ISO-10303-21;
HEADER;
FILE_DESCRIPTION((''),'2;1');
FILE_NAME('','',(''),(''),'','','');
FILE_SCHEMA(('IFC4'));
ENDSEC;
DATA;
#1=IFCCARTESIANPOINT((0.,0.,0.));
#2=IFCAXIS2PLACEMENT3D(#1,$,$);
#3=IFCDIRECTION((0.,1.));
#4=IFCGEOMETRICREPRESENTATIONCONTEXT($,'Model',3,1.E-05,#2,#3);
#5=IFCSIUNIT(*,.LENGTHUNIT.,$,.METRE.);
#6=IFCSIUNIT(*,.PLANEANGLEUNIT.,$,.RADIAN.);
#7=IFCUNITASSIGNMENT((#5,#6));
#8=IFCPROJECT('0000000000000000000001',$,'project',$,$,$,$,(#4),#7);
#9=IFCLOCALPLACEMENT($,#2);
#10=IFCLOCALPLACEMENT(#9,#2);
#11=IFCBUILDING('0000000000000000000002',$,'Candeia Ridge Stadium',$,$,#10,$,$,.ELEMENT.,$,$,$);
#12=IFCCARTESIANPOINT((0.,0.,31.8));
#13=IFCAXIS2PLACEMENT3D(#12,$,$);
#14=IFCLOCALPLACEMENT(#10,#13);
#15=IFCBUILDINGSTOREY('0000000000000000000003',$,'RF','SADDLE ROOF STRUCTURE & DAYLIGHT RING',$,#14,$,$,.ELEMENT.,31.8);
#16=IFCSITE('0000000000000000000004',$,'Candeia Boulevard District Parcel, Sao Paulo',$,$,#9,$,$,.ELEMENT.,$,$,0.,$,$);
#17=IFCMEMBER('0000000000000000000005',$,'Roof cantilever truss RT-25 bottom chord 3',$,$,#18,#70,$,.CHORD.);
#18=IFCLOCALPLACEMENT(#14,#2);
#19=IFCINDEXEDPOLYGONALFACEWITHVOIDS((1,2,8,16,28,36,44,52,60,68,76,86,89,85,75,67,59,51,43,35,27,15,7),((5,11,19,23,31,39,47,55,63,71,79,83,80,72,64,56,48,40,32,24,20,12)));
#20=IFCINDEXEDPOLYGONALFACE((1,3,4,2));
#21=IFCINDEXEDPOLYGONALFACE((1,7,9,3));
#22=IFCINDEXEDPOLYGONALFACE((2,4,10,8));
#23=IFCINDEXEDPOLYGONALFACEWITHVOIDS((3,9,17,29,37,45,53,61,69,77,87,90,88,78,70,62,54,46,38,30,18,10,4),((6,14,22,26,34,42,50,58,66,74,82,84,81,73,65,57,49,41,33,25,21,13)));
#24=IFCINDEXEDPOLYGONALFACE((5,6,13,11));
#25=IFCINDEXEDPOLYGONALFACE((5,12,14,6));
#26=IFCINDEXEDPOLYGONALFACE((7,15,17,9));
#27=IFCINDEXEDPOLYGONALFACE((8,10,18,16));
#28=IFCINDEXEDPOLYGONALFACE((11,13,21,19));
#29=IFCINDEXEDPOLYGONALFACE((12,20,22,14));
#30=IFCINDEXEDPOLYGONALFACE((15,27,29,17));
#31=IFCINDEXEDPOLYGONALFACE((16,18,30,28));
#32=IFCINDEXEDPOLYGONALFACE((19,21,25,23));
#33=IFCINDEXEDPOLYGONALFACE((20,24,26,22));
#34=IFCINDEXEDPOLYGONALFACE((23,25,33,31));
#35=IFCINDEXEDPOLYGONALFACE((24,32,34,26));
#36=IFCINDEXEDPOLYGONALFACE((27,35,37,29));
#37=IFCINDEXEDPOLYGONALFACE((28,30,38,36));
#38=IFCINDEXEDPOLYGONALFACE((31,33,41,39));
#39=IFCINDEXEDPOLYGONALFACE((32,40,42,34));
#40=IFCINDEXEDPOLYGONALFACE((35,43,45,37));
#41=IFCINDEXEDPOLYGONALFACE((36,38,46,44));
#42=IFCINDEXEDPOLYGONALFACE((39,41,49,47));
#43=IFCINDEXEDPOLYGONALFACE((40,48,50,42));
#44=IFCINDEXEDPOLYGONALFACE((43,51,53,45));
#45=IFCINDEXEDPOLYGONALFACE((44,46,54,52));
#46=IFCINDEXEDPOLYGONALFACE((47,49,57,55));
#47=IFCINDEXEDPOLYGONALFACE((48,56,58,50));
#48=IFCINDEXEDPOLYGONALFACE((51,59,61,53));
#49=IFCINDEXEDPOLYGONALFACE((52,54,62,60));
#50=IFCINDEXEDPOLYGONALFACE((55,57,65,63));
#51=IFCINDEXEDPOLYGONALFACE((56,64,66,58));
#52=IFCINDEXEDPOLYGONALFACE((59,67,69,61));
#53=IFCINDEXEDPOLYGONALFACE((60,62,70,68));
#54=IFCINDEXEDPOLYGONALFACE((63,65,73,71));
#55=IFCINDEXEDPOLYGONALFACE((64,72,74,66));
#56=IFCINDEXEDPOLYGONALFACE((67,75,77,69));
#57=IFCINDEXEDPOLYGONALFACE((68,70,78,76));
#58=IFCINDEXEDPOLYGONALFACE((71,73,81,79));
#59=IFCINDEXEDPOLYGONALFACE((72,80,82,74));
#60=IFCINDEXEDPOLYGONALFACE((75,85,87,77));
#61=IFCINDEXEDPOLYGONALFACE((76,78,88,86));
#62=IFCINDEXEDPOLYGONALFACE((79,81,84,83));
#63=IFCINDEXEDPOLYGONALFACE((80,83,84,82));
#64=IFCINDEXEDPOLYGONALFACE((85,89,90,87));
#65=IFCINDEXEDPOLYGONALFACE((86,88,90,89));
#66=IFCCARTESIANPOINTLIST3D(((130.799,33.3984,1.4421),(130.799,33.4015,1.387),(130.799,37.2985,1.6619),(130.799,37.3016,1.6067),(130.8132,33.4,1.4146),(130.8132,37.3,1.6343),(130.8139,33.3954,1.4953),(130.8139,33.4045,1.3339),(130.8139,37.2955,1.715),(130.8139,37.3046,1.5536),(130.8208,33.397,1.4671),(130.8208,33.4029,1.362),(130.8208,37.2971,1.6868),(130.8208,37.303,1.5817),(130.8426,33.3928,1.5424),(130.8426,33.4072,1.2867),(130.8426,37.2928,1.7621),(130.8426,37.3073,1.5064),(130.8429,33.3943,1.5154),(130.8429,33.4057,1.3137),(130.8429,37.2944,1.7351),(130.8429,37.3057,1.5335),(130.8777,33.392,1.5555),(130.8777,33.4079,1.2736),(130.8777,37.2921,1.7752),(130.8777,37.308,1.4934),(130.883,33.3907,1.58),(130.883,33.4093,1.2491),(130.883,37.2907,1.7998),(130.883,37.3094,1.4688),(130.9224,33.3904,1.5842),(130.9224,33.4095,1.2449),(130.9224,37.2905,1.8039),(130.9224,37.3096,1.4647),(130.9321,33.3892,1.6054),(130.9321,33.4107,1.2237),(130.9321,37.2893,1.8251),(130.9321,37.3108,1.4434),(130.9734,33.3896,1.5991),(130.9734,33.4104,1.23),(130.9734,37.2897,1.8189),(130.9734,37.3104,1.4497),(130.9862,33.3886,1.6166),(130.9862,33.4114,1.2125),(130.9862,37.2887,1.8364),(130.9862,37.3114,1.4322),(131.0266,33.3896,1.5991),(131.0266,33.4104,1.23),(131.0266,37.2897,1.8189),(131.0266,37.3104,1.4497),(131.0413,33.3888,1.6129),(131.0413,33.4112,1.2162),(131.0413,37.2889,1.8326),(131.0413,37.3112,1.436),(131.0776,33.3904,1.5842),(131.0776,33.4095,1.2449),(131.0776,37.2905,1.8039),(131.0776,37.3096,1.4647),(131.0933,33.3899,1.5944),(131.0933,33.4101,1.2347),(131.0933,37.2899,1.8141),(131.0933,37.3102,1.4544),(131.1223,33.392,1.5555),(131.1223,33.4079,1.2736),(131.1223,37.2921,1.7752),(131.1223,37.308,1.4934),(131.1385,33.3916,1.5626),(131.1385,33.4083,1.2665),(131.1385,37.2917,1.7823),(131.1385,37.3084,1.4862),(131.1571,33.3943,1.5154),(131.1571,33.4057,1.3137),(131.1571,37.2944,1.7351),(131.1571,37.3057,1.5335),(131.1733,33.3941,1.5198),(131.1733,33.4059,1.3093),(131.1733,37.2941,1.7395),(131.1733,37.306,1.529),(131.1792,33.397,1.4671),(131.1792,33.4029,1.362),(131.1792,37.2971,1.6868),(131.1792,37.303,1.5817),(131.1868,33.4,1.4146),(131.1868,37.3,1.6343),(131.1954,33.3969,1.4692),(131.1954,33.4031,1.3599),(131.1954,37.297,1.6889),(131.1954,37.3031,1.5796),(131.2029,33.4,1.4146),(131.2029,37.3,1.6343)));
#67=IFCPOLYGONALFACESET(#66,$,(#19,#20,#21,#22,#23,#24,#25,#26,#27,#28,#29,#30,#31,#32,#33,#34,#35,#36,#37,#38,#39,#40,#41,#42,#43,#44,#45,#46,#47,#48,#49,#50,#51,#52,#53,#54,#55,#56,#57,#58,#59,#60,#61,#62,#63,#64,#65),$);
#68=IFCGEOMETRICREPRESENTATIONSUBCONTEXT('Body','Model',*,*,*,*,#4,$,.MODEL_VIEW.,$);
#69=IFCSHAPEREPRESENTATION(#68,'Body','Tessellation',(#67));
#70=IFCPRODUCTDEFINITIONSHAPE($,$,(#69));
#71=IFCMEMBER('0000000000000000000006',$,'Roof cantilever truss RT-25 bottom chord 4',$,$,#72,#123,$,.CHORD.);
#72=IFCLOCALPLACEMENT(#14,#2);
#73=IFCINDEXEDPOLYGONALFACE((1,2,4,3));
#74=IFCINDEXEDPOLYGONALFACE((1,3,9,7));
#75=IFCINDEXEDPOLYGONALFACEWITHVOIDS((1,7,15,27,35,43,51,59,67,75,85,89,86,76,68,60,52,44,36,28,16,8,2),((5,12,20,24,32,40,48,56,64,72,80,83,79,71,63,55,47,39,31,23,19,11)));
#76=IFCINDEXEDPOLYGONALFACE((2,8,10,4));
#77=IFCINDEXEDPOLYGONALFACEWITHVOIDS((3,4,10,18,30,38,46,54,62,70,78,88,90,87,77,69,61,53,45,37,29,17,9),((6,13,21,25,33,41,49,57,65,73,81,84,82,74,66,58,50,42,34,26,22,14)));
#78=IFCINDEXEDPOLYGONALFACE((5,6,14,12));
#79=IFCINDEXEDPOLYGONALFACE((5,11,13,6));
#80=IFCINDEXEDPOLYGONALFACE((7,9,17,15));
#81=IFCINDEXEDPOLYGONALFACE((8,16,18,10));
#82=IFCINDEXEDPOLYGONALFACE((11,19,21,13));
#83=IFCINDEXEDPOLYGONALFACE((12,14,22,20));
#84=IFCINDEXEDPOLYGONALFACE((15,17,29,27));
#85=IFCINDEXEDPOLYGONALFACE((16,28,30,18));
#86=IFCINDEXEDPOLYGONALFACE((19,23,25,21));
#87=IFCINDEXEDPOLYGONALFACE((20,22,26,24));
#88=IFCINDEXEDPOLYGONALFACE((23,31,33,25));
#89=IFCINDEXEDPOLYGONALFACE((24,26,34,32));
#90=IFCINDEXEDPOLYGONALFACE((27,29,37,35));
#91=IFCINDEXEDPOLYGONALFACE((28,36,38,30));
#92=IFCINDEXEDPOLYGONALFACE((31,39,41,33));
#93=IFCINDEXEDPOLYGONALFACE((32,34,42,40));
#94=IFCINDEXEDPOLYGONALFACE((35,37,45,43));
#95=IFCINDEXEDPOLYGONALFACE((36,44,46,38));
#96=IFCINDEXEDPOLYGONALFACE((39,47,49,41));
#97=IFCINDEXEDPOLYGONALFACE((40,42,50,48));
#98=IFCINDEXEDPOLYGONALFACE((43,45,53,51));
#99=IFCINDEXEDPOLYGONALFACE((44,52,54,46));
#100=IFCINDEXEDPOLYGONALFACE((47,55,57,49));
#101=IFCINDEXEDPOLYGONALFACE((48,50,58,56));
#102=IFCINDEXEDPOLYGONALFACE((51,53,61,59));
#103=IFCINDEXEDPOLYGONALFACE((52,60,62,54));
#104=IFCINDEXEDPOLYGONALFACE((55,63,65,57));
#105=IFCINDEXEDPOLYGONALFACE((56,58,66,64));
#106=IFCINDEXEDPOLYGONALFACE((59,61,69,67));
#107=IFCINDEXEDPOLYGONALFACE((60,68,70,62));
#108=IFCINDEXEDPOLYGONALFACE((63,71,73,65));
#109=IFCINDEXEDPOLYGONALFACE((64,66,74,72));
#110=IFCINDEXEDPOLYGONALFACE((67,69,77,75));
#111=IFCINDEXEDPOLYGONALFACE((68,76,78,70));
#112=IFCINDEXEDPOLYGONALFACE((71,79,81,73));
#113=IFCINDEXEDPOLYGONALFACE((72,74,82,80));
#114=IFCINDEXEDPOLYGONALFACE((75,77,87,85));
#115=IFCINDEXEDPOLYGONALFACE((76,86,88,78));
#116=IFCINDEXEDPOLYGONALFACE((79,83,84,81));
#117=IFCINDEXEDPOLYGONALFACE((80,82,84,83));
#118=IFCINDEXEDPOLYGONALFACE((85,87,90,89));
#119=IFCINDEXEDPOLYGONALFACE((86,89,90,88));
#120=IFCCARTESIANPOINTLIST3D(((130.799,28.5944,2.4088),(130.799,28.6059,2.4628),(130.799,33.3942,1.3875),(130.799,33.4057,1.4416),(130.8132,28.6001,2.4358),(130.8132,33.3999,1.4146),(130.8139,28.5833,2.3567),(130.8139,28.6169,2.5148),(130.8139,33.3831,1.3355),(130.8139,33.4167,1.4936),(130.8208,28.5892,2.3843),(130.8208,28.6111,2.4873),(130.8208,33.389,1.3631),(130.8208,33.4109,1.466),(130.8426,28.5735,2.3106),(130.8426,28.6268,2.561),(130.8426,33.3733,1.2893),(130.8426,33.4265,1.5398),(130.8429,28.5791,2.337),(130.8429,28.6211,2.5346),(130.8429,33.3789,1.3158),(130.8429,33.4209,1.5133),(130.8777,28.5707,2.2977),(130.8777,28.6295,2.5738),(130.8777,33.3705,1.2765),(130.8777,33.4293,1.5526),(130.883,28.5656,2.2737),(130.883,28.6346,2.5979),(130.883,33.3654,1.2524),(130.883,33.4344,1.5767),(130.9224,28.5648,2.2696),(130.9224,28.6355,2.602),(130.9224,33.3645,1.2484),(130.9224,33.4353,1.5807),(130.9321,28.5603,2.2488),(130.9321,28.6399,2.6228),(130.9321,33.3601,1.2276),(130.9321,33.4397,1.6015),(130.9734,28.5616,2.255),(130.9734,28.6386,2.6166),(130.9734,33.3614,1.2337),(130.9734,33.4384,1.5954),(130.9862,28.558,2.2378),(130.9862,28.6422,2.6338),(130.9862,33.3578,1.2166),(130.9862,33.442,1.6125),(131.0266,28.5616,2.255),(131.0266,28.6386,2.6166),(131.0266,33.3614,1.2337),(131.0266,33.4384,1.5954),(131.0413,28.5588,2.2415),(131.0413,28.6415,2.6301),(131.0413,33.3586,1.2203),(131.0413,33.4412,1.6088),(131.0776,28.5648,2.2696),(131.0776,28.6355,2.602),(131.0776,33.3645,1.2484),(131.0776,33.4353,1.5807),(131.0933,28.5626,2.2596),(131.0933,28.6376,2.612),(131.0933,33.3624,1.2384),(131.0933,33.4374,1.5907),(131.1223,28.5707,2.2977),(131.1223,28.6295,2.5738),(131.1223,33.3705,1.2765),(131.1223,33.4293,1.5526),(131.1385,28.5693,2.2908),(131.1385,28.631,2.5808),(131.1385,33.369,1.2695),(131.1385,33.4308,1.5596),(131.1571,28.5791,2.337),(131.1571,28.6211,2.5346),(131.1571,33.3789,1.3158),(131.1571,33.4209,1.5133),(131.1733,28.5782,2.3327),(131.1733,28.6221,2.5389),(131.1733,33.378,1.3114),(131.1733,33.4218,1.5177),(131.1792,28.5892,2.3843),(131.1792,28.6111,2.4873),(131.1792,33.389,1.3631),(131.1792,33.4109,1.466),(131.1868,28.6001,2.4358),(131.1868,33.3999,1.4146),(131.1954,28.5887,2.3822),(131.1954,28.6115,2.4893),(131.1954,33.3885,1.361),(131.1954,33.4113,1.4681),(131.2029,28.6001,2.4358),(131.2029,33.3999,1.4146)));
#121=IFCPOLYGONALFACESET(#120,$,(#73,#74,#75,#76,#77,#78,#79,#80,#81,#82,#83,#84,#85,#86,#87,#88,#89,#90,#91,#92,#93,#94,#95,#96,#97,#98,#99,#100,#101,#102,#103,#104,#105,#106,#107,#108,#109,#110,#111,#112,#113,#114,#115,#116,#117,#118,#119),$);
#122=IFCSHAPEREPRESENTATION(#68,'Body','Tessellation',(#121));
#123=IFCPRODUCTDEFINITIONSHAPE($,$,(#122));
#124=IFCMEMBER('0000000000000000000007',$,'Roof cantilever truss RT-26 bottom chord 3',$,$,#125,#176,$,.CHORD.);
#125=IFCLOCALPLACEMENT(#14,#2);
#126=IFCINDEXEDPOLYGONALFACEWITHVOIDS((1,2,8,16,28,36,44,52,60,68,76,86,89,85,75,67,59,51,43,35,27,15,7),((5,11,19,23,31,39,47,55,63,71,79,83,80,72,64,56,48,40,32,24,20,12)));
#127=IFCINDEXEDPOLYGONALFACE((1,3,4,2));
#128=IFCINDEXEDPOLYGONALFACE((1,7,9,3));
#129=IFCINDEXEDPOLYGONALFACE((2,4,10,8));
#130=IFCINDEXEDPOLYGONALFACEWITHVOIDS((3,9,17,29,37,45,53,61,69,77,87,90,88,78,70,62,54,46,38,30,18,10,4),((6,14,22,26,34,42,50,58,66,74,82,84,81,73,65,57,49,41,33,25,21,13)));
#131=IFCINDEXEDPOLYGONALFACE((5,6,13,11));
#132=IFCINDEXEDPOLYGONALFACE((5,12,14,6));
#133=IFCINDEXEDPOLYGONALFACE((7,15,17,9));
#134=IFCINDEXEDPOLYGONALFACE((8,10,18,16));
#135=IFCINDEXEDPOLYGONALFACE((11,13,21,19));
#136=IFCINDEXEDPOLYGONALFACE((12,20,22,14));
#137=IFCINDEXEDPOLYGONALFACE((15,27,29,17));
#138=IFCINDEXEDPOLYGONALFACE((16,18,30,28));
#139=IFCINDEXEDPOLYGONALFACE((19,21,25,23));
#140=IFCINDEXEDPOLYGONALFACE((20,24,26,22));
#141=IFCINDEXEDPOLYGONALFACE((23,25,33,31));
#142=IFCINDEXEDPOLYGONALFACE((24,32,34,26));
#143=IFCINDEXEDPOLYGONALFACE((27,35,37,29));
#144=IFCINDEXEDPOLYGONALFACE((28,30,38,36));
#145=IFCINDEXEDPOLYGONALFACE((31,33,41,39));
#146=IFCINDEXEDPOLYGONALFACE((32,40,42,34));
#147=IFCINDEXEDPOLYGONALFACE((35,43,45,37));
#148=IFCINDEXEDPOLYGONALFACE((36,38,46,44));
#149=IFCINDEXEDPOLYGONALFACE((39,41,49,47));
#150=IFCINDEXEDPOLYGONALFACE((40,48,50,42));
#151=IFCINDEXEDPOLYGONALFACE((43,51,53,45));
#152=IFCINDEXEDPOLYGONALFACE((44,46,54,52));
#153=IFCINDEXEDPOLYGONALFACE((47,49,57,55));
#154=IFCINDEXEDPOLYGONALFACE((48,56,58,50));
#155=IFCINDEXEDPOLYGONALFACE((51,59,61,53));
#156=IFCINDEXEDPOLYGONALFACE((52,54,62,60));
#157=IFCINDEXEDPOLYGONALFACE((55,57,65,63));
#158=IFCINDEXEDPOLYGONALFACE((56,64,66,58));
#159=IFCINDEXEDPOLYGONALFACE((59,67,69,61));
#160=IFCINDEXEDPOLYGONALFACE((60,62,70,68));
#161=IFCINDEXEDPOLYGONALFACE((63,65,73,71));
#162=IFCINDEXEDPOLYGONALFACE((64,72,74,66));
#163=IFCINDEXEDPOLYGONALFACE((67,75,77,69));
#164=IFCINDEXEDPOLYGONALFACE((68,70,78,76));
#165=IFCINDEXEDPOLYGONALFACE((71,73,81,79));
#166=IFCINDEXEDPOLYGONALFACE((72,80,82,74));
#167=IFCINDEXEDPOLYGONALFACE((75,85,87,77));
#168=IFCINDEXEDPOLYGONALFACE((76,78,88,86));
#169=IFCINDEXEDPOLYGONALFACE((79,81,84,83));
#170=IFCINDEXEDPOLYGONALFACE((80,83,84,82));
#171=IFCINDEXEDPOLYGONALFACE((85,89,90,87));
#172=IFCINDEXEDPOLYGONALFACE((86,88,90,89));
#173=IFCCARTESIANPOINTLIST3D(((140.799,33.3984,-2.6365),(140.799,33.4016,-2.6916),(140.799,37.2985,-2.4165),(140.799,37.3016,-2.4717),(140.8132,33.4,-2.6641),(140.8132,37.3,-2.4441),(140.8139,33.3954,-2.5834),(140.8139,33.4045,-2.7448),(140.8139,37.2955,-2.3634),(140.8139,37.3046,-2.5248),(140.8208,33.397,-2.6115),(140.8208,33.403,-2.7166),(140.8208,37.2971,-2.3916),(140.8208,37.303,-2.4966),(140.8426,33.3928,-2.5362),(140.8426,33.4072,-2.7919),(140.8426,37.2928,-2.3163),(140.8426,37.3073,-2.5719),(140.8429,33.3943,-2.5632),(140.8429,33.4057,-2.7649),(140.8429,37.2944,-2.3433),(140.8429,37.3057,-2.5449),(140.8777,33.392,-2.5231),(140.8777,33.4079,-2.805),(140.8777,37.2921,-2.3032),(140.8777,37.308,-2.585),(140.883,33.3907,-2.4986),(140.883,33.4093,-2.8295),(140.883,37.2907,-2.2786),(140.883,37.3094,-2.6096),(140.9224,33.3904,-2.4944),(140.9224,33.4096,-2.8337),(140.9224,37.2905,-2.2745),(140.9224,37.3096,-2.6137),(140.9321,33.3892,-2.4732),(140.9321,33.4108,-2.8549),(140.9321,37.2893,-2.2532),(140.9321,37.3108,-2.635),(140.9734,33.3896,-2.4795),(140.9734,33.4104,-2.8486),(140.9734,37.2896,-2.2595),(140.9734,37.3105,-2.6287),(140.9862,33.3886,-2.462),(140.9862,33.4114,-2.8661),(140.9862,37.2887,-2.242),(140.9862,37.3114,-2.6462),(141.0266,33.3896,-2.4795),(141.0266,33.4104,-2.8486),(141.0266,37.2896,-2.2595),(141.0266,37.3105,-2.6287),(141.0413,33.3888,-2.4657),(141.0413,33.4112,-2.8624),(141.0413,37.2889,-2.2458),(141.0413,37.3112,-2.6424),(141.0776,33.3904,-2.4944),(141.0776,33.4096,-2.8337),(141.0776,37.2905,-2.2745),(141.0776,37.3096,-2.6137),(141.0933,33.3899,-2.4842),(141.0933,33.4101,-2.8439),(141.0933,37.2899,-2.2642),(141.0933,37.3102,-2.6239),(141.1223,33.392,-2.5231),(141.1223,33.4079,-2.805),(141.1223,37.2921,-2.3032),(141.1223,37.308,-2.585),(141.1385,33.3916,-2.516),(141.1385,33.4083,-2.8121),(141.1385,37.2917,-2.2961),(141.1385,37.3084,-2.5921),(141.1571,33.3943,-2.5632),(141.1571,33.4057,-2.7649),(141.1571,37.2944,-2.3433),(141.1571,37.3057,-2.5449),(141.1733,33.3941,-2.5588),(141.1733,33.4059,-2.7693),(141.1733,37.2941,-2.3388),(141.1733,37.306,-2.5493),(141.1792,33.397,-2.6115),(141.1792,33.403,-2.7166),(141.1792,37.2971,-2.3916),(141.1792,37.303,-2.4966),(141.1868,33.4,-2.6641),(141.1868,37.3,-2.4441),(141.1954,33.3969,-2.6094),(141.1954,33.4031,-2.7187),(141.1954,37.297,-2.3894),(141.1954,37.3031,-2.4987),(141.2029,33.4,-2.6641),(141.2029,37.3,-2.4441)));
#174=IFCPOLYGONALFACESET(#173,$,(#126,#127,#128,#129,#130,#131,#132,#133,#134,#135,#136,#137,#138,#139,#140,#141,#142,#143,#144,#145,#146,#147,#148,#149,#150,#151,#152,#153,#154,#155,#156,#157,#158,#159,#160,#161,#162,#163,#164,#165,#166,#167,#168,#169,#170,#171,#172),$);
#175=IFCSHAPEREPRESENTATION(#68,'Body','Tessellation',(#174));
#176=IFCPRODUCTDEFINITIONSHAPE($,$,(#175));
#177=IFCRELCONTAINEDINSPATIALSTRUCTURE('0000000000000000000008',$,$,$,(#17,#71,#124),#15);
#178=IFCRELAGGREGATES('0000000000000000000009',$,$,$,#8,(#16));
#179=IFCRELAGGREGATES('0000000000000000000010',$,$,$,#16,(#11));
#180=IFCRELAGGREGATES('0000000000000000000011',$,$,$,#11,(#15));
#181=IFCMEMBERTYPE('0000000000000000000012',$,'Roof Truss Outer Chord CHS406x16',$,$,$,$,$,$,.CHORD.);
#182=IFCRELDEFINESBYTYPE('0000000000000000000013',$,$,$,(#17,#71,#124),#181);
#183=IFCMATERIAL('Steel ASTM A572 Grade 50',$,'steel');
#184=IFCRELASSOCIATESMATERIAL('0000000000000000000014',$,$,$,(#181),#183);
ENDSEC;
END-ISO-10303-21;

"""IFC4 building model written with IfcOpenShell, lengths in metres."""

from ifc_helpers import new_model, si_unit, direction, frame, origin, origin_2d, place, context, subcontext, project, spatial, hollow_circle, extrude, material, material_profile, profile_set, type_object, element, save


model = new_model("IFC4")

# Units and contexts
model_context = context("Model", 3, precision=1e-05, world=origin(), true_north=direction((0.0, 1.0)))
body_context = subcontext(model_context, "Body", "Model", "MODEL_VIEW")
ifc_project = project(units=[si_unit("LENGTHUNIT", "METRE"), si_unit("PLANEANGLEUNIT", "RADIAN")], contexts=[model_context])

# Site, building, storey
site_placement = place(None, origin())
site = spatial("IfcSite", under=ifc_project, at=site_placement, Name="Candeia Boulevard District Parcel, Sao Paulo", CompositionType="ELEMENT", RefElevation=0.0)
building_placement = place(site_placement, origin())
building = spatial("IfcBuilding", under=site, at=building_placement, Name="Candeia Ridge Stadium", CompositionType="ELEMENT")
storey_placement = place(building_placement, frame((0.0, 0.0, 31.8)))
storey = spatial("IfcBuildingStorey", under=building, at=storey_placement, Name="RF", Description="SADDLE ROOF STRUCTURE & DAYLIGHT RING", CompositionType="ELEMENT", Elevation=31.8)

# Shared definitions
ifc_material_1 = material(Name="Steel ASTM A572 Grade 50", Category="steel")

# Members
ifc_material_profile_1 = material_profile(ifc_material_1, hollow_circle(Radius=0.2029, WallThickness=0.0161, at=origin_2d()), Name="CHS406x16", Category="steel")
ifc_profile_set_1 = profile_set([ifc_material_profile_1], Name="Steel ASTM A572 Grade 50")
member_type_1 = type_object("IfcMemberType", Name="Roof Truss Outer Chord CHS406x16", PredefinedType="CHORD", material=ifc_profile_set_1)
member_1_placement = place(storey_placement, frame((131.0, 37.3, 1.6343), z_axis=(0.0, -0.998417, -0.056249), x_axis=(1.0, 0.0, 0.0)))
element("IfcMember", 1, at=member_1_placement, inside=storey, type_object=member_type_1, Name="Roof cantilever truss RT-25 bottom chord 3", PredefinedType="CHORD", context=body_context, shape_type="SweptSolid", body=[
    extrude(hollow_circle(Radius=0.2029, WallThickness=0.0161, at=origin_2d()), origin(), (0.0, 0.0, 1.0), 3.9062),
])
member_2_placement = place(storey_placement, frame((131.0, 33.3999, 1.4146), z_axis=(0.0, -0.978106, 0.208109), x_axis=(1.0, 0.0, 0.0)))
element("IfcMember", 2, at=member_2_placement, inside=storey, type_object=member_type_1, Name="Roof cantilever truss RT-25 bottom chord 4", PredefinedType="CHORD", context=body_context, shape_type="SweptSolid", body=[
    extrude(hollow_circle(Radius=0.2029, WallThickness=0.0161, at=origin_2d()), origin(), (0.0, 0.0, 1.0), 4.9072),
])
member_3_placement = place(storey_placement, frame((141.0, 37.3, -2.4441), z_axis=(0.0, -0.998413, -0.056311), x_axis=(1.0, 0.0, 0.0)))
element("IfcMember", 3, at=member_3_placement, inside=storey, type_object=member_type_1, Name="Roof cantilever truss RT-26 bottom chord 3", PredefinedType="CHORD", context=body_context, shape_type="SweptSolid", body=[
    extrude(hollow_circle(Radius=0.2029, WallThickness=0.0161, at=origin_2d()), origin(), (0.0, 0.0, 1.0), 3.9062),
])

save(model, "model.ifc")
